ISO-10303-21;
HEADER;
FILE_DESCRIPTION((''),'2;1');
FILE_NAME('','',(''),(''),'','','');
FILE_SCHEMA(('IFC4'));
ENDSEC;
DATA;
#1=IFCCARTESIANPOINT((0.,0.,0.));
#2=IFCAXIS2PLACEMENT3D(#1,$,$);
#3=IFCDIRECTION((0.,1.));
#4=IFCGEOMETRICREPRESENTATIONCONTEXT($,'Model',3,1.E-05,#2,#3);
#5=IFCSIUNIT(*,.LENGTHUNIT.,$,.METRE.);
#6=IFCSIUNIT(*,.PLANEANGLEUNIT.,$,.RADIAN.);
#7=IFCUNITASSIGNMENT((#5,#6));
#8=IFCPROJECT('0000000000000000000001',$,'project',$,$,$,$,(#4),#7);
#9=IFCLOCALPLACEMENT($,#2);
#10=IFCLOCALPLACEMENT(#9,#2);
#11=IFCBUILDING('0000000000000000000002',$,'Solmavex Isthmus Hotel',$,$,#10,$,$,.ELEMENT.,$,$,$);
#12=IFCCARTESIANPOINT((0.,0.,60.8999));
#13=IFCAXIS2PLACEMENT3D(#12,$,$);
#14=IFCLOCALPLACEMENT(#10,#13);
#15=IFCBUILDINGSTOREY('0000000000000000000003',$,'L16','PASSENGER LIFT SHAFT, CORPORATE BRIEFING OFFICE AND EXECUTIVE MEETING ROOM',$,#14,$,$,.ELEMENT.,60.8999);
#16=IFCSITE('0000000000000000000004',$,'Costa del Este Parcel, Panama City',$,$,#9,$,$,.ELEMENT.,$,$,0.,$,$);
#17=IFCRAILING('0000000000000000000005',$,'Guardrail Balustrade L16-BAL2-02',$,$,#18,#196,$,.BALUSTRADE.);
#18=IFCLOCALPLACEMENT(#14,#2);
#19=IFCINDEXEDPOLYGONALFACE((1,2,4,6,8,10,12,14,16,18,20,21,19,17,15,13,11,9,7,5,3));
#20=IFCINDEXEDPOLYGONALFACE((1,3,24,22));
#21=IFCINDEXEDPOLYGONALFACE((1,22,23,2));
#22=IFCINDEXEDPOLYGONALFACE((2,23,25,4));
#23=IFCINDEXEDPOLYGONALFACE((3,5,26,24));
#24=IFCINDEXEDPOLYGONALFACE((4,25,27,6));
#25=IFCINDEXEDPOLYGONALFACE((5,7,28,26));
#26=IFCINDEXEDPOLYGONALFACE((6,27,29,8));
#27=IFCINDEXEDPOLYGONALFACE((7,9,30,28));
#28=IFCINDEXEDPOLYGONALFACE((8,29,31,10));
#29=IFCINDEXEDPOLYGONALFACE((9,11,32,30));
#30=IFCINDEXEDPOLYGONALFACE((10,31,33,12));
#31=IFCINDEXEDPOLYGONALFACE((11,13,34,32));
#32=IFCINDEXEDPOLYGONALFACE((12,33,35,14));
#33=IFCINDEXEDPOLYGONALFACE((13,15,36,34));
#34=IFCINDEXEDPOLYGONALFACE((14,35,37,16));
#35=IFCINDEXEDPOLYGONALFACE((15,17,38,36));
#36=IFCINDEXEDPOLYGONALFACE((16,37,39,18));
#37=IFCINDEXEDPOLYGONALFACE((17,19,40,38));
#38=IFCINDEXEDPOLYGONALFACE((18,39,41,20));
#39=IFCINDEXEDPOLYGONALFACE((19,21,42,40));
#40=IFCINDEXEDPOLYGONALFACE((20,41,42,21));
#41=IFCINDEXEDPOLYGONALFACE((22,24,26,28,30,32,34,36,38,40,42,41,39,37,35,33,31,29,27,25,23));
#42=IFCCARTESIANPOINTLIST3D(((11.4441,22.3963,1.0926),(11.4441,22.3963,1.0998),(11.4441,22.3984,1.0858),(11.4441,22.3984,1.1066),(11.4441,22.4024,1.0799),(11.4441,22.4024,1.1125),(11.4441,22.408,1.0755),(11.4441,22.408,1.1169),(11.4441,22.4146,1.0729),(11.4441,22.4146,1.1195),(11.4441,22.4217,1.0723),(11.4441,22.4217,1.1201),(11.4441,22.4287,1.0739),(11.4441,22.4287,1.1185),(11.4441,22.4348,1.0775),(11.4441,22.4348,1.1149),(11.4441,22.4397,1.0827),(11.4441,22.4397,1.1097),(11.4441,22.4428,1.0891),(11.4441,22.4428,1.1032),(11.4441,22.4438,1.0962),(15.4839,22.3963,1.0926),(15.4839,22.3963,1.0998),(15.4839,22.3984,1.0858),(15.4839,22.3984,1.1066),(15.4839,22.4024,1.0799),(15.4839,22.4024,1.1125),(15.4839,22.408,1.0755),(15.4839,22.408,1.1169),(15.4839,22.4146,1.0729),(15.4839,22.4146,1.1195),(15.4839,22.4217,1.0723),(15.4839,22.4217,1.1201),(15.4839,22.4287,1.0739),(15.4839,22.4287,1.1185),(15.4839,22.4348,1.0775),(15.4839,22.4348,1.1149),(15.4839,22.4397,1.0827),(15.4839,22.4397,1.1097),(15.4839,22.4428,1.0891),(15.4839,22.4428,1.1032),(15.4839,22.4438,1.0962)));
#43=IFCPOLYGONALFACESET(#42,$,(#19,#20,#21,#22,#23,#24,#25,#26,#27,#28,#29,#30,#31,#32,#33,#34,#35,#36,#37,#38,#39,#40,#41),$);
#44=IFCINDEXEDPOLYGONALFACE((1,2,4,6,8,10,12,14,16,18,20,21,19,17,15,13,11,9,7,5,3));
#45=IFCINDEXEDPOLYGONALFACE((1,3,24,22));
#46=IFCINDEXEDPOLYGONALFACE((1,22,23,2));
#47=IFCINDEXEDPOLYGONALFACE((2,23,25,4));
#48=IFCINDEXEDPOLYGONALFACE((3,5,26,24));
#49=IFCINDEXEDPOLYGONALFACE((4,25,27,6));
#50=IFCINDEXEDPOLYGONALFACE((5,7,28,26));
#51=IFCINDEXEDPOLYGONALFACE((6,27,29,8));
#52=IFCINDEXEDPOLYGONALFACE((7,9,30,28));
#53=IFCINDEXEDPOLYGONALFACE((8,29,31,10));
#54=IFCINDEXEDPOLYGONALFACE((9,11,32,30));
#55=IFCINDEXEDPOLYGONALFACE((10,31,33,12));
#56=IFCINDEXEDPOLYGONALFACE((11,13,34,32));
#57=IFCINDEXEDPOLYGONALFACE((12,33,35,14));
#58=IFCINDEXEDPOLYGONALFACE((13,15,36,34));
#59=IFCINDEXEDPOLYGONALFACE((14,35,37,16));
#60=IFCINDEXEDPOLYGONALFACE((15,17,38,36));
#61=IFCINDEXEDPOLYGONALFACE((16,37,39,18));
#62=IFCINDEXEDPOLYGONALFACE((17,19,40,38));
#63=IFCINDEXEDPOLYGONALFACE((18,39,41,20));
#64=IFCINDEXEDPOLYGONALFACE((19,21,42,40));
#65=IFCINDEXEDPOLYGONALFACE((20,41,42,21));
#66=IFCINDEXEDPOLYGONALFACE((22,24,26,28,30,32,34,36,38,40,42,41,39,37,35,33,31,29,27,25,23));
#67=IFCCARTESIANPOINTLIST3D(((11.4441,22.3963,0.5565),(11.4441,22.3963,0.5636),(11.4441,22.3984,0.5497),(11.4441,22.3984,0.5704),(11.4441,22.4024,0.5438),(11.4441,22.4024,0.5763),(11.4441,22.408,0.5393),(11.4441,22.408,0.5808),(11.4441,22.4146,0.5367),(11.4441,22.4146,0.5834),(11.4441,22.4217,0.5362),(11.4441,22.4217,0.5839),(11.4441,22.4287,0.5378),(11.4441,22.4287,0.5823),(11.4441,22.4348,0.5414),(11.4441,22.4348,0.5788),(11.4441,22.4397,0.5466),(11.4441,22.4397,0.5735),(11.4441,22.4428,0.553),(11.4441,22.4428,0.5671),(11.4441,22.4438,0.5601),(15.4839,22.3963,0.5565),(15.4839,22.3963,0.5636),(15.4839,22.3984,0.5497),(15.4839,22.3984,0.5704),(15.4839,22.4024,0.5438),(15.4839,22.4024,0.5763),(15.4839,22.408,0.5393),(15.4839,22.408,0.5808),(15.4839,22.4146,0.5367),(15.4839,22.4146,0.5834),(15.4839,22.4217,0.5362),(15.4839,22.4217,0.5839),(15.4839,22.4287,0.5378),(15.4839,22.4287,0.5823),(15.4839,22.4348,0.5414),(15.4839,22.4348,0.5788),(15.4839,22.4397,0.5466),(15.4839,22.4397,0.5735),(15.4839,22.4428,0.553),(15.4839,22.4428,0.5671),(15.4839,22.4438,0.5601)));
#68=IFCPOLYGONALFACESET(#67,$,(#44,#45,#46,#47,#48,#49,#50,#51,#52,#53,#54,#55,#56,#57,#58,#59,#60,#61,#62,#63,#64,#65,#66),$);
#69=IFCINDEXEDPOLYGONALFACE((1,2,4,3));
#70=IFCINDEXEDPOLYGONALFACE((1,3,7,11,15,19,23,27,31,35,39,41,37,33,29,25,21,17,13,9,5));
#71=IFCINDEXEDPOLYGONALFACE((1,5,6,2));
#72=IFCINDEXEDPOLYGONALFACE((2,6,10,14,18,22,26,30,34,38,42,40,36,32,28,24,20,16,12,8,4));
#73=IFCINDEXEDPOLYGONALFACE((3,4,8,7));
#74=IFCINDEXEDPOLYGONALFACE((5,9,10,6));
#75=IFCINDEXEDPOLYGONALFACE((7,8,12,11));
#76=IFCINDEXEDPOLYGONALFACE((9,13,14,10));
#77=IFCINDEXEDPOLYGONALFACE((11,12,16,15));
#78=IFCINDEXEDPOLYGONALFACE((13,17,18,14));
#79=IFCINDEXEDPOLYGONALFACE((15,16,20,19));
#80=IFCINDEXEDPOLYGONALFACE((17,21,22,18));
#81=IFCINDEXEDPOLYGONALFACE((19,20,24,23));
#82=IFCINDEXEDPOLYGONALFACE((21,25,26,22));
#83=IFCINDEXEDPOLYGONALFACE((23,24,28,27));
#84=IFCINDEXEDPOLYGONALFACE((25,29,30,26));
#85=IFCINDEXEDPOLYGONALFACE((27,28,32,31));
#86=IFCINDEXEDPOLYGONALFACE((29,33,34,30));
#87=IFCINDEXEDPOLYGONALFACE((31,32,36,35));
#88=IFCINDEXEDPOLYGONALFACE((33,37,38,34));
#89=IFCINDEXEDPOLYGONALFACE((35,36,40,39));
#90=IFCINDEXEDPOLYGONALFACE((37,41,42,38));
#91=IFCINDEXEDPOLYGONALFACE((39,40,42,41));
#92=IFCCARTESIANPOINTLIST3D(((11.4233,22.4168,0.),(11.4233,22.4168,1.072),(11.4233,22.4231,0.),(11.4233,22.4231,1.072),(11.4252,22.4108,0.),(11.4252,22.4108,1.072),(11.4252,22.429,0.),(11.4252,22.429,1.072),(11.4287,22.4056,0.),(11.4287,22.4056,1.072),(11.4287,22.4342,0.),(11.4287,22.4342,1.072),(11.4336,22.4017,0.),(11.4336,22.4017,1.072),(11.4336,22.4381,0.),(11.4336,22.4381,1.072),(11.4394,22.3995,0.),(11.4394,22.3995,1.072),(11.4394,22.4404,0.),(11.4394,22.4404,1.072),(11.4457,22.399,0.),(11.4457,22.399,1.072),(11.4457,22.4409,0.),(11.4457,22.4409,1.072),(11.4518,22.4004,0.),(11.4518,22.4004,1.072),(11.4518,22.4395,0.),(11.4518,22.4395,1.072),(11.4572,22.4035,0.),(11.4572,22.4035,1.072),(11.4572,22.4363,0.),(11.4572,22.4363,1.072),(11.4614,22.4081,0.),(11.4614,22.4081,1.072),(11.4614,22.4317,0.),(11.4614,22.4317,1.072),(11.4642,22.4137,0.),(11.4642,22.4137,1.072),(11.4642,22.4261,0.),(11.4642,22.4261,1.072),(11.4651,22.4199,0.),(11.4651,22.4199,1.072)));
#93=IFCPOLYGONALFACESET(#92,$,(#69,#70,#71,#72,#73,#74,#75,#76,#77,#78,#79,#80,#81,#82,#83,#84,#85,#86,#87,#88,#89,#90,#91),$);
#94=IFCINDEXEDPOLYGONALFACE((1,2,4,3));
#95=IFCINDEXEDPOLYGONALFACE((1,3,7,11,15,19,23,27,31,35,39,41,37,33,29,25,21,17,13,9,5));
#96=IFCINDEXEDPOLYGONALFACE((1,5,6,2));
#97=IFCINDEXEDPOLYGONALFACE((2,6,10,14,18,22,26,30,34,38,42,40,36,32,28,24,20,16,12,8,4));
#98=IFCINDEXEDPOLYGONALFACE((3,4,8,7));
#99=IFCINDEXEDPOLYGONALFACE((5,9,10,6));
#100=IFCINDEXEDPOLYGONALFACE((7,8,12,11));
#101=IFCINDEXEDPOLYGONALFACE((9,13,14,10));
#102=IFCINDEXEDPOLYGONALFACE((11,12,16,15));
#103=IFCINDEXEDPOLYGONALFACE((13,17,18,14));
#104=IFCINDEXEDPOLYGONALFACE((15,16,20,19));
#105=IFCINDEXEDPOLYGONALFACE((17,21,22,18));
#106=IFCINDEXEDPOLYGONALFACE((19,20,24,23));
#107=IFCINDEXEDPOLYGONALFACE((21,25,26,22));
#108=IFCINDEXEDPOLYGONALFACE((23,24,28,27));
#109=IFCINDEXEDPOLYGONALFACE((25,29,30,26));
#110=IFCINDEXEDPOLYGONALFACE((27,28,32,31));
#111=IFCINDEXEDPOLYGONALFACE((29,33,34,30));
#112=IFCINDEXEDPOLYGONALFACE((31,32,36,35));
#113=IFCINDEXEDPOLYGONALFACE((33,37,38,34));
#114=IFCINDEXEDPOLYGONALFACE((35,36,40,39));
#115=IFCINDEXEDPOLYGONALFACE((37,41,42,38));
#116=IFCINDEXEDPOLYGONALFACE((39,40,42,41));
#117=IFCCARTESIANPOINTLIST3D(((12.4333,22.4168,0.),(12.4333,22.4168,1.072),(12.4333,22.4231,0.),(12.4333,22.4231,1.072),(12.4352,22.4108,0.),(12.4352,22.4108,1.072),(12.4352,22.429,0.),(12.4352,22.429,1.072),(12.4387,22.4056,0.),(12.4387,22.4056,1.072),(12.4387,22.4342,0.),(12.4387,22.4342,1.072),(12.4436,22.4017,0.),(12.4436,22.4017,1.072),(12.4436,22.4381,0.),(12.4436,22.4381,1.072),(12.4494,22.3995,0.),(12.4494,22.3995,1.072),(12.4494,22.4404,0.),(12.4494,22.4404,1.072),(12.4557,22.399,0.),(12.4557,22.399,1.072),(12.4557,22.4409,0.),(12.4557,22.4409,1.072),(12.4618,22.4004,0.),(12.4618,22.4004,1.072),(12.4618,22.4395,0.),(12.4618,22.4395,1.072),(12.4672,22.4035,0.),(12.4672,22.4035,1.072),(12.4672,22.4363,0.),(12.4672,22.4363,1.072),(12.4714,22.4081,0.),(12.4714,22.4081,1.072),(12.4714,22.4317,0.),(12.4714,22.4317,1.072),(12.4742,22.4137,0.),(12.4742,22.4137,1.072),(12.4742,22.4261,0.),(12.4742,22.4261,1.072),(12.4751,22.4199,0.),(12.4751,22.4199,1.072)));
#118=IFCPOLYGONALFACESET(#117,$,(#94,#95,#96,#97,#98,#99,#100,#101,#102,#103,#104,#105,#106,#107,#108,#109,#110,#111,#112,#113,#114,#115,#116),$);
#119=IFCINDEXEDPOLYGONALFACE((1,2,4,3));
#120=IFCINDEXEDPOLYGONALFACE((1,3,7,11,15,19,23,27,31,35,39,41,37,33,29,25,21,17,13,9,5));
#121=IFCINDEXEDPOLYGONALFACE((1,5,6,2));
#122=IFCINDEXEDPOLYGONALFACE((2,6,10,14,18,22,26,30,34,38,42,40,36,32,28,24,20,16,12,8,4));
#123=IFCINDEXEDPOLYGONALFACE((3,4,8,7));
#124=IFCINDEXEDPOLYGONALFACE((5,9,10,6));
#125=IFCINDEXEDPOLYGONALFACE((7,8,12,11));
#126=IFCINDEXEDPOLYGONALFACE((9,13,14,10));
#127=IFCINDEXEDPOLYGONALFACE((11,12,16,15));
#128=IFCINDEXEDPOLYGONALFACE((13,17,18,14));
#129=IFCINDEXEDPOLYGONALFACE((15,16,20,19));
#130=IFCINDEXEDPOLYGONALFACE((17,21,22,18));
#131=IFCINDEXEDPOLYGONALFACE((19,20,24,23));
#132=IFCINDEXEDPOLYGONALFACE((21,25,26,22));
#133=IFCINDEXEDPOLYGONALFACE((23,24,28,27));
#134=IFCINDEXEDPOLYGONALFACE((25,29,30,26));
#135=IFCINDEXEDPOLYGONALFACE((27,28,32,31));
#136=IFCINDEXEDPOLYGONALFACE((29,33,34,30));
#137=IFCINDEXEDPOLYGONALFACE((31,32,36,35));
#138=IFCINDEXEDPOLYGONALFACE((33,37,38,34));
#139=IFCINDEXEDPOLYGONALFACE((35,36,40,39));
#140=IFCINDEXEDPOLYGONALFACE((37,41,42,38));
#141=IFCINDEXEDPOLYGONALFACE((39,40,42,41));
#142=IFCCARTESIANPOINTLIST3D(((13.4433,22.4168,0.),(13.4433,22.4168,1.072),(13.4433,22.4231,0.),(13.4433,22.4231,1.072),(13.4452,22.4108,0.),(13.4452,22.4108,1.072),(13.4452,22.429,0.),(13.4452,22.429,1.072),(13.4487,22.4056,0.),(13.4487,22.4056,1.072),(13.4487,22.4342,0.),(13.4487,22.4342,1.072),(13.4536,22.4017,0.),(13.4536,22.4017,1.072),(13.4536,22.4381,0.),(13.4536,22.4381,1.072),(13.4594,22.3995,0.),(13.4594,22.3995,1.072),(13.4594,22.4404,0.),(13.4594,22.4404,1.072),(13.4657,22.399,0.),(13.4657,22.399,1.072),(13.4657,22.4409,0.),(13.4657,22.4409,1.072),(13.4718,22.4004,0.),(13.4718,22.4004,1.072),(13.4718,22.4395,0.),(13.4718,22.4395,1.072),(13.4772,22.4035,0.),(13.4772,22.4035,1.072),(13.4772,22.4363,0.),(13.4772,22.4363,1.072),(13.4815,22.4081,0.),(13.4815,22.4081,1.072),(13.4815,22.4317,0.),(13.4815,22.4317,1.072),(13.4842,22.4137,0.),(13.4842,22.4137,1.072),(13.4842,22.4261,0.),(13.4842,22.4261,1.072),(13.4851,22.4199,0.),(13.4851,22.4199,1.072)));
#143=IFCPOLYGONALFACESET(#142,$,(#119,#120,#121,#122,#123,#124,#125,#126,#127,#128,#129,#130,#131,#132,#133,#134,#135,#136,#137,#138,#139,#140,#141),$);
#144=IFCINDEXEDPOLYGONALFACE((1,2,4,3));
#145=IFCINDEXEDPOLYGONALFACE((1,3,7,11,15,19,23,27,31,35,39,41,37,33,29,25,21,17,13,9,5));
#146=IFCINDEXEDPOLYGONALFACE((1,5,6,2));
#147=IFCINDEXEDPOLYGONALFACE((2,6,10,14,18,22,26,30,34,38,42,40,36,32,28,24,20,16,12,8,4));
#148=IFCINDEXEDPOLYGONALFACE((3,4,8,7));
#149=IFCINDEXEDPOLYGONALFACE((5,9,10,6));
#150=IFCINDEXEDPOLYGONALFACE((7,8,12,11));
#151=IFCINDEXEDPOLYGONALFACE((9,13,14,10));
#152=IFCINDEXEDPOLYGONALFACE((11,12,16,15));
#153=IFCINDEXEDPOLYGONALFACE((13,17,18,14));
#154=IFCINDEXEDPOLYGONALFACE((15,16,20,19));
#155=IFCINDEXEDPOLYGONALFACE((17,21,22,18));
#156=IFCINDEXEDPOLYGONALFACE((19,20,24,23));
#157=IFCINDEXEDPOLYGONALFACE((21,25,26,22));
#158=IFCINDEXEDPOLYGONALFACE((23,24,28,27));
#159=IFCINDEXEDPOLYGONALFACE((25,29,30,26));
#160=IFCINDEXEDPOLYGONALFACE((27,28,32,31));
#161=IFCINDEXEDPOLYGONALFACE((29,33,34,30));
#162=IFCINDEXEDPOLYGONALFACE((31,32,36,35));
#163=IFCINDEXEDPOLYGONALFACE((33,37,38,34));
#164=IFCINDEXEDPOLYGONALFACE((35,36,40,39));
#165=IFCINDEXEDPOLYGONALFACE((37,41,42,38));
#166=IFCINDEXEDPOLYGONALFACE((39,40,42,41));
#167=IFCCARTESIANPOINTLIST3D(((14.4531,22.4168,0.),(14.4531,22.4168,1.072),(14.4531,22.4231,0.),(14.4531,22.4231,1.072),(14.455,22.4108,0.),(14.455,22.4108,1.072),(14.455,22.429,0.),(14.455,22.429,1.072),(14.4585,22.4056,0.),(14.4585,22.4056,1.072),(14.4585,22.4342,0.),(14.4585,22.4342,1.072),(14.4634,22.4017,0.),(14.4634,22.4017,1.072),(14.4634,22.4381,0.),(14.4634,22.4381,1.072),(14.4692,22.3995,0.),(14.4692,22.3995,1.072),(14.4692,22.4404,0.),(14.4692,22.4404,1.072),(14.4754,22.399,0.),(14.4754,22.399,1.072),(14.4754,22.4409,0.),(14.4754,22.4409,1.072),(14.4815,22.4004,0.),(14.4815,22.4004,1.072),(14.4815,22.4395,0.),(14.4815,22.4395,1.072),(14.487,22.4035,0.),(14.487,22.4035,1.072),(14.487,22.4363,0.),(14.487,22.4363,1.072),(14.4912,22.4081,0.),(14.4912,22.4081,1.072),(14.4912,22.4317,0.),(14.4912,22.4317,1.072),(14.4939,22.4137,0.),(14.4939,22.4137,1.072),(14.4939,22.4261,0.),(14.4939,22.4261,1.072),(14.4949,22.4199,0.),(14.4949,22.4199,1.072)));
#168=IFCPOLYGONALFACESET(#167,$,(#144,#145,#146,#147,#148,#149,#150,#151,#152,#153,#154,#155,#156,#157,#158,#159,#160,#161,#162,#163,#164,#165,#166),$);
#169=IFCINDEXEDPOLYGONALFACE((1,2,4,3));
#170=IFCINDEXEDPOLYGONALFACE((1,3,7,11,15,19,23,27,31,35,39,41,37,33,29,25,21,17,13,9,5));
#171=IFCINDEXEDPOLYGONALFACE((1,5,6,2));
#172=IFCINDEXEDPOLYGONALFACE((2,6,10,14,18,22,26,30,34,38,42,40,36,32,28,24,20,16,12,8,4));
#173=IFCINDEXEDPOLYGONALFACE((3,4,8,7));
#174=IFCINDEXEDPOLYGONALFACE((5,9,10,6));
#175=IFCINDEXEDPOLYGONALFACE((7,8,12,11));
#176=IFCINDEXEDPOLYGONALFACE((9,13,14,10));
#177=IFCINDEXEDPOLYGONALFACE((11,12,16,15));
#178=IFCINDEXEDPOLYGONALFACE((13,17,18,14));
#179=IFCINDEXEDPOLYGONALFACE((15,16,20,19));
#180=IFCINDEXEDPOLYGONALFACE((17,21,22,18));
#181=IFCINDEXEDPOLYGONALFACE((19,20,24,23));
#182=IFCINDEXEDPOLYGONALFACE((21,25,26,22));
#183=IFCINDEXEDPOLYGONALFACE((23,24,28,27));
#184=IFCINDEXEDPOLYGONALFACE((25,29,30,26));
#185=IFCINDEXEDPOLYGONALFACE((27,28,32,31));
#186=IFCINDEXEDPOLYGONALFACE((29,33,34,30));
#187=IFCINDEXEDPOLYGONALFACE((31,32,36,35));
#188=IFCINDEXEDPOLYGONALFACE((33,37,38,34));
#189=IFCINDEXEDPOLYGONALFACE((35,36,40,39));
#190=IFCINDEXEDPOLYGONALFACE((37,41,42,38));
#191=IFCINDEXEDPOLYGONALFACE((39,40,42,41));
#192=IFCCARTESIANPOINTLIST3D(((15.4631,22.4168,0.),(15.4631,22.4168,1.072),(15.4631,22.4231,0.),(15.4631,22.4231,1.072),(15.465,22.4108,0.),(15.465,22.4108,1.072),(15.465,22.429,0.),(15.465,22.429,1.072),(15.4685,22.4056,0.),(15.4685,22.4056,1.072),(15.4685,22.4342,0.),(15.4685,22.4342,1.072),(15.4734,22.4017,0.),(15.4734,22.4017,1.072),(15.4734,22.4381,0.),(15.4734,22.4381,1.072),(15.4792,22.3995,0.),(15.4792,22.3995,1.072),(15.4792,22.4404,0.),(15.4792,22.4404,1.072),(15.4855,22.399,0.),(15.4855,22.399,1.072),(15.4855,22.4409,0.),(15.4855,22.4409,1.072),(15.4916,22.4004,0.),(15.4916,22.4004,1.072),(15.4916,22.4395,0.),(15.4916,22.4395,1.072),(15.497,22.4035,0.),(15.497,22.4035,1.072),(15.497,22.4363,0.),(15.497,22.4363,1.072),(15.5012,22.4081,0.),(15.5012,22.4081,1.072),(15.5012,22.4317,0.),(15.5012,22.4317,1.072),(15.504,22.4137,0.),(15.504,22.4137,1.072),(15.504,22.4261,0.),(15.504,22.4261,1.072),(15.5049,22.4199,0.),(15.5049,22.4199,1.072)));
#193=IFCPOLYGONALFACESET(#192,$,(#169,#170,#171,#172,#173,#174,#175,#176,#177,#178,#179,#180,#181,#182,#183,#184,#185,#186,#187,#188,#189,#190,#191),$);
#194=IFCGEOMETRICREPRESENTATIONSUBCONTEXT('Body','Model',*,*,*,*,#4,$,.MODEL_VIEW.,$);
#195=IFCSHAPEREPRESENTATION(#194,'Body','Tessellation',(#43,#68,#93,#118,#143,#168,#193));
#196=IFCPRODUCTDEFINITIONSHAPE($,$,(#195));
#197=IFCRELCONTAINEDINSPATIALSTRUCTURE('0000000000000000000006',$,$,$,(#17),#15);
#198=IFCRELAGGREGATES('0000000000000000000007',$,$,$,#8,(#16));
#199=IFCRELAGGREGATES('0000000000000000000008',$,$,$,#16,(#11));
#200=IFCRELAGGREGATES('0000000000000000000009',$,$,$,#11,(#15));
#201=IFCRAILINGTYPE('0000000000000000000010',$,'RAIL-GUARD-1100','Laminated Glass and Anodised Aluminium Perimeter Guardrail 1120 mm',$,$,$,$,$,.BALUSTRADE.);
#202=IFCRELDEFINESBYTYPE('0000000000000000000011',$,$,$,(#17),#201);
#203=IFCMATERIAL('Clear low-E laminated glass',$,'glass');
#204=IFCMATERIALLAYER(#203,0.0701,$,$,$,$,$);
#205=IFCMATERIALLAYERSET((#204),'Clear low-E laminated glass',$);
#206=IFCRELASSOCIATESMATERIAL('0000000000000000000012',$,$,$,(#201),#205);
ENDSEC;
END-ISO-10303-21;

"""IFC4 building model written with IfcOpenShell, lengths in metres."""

from ifc_helpers import new_model, si_unit, direction, frame, origin, origin_2d, place, context, subcontext, project, spatial, circle, extrude, material, layer, layer_set, type_object, element, save


model = new_model("IFC4")

# Units and contexts
model_context = context("Model", 3, precision=1e-05, world=origin(), true_north=direction((0.0, 1.0)))
body_context = subcontext(model_context, "Body", "Model", "MODEL_VIEW")
ifc_project = project(units=[si_unit("LENGTHUNIT", "METRE"), si_unit("PLANEANGLEUNIT", "RADIAN")], contexts=[model_context])

# Site, building, storey
site_placement = place(None, origin())
site = spatial("IfcSite", under=ifc_project, at=site_placement, Name="Costa del Este Parcel, Panama City", CompositionType="ELEMENT", RefElevation=0.0)
building_placement = place(site_placement, origin())
building = spatial("IfcBuilding", under=site, at=building_placement, Name="Solmavex Isthmus Hotel", CompositionType="ELEMENT")
storey_placement = place(building_placement, frame((0.0, 0.0, 60.8999)))
storey = spatial("IfcBuildingStorey", under=building, at=storey_placement, Name="L16", Description="PASSENGER LIFT SHAFT, CORPORATE BRIEFING OFFICE AND EXECUTIVE MEETING ROOM", CompositionType="ELEMENT", Elevation=60.8999)

# Shared definitions
ifc_material_1 = material(Name="Clear low-E laminated glass", Category="glass")

# Railing
ifc_layer_1 = layer(ifc_material_1, 0.0701)
ifc_layer_set_1 = layer_set([ifc_layer_1], Name="Clear low-E laminated glass")
railing_type_1 = type_object("IfcRailingType", Name="RAIL-GUARD-1100", Description="Laminated Glass and Anodised Aluminium Perimeter Guardrail 1120 mm", PredefinedType="BALUSTRADE", material=ifc_layer_set_1)
railing_1_placement = place(storey_placement, frame((11.4441, 22.4199, 0.0)))
element("IfcRailing", 1, at=railing_1_placement, inside=storey, type_object=railing_type_1, Name="Guardrail Balustrade L16-BAL2-02", PredefinedType="BALUSTRADE", context=body_context, shape_type="SweptSolid", body=[
    extrude(circle(Radius=0.0239, at=origin_2d()), frame((0.0, 0.0, 1.0962), z_axis=(1.0, 0.0, 0.0), x_axis=(0.0, 1.0, 0.0)), (0.0, 0.0, 1.0), 4.0398),
    extrude(circle(Radius=0.0239, at=origin_2d()), frame((0.0, 0.0, 0.5601), z_axis=(1.0, 0.0, 0.0), x_axis=(0.0, 1.0, 0.0)), (0.0, 0.0, 1.0), 4.0398),
    extrude(circle(Radius=0.021, at=origin_2d()), origin(), (0.0, 0.0, 1.0), 1.072),
    extrude(circle(Radius=0.021, at=origin_2d()), frame((1.01, 0.0, 0.0)), (0.0, 0.0, 1.0), 1.072),
    extrude(circle(Radius=0.021, at=origin_2d()), frame((2.02, 0.0, 0.0)), (0.0, 0.0, 1.0), 1.072),
    extrude(circle(Radius=0.021, at=origin_2d()), frame((3.0298, 0.0, 0.0)), (0.0, 0.0, 1.0), 1.072),
    extrude(circle(Radius=0.021, at=origin_2d()), frame((4.0398, 0.0, 0.0)), (0.0, 0.0, 1.0), 1.072),
])

save(model, "model.ifc")
